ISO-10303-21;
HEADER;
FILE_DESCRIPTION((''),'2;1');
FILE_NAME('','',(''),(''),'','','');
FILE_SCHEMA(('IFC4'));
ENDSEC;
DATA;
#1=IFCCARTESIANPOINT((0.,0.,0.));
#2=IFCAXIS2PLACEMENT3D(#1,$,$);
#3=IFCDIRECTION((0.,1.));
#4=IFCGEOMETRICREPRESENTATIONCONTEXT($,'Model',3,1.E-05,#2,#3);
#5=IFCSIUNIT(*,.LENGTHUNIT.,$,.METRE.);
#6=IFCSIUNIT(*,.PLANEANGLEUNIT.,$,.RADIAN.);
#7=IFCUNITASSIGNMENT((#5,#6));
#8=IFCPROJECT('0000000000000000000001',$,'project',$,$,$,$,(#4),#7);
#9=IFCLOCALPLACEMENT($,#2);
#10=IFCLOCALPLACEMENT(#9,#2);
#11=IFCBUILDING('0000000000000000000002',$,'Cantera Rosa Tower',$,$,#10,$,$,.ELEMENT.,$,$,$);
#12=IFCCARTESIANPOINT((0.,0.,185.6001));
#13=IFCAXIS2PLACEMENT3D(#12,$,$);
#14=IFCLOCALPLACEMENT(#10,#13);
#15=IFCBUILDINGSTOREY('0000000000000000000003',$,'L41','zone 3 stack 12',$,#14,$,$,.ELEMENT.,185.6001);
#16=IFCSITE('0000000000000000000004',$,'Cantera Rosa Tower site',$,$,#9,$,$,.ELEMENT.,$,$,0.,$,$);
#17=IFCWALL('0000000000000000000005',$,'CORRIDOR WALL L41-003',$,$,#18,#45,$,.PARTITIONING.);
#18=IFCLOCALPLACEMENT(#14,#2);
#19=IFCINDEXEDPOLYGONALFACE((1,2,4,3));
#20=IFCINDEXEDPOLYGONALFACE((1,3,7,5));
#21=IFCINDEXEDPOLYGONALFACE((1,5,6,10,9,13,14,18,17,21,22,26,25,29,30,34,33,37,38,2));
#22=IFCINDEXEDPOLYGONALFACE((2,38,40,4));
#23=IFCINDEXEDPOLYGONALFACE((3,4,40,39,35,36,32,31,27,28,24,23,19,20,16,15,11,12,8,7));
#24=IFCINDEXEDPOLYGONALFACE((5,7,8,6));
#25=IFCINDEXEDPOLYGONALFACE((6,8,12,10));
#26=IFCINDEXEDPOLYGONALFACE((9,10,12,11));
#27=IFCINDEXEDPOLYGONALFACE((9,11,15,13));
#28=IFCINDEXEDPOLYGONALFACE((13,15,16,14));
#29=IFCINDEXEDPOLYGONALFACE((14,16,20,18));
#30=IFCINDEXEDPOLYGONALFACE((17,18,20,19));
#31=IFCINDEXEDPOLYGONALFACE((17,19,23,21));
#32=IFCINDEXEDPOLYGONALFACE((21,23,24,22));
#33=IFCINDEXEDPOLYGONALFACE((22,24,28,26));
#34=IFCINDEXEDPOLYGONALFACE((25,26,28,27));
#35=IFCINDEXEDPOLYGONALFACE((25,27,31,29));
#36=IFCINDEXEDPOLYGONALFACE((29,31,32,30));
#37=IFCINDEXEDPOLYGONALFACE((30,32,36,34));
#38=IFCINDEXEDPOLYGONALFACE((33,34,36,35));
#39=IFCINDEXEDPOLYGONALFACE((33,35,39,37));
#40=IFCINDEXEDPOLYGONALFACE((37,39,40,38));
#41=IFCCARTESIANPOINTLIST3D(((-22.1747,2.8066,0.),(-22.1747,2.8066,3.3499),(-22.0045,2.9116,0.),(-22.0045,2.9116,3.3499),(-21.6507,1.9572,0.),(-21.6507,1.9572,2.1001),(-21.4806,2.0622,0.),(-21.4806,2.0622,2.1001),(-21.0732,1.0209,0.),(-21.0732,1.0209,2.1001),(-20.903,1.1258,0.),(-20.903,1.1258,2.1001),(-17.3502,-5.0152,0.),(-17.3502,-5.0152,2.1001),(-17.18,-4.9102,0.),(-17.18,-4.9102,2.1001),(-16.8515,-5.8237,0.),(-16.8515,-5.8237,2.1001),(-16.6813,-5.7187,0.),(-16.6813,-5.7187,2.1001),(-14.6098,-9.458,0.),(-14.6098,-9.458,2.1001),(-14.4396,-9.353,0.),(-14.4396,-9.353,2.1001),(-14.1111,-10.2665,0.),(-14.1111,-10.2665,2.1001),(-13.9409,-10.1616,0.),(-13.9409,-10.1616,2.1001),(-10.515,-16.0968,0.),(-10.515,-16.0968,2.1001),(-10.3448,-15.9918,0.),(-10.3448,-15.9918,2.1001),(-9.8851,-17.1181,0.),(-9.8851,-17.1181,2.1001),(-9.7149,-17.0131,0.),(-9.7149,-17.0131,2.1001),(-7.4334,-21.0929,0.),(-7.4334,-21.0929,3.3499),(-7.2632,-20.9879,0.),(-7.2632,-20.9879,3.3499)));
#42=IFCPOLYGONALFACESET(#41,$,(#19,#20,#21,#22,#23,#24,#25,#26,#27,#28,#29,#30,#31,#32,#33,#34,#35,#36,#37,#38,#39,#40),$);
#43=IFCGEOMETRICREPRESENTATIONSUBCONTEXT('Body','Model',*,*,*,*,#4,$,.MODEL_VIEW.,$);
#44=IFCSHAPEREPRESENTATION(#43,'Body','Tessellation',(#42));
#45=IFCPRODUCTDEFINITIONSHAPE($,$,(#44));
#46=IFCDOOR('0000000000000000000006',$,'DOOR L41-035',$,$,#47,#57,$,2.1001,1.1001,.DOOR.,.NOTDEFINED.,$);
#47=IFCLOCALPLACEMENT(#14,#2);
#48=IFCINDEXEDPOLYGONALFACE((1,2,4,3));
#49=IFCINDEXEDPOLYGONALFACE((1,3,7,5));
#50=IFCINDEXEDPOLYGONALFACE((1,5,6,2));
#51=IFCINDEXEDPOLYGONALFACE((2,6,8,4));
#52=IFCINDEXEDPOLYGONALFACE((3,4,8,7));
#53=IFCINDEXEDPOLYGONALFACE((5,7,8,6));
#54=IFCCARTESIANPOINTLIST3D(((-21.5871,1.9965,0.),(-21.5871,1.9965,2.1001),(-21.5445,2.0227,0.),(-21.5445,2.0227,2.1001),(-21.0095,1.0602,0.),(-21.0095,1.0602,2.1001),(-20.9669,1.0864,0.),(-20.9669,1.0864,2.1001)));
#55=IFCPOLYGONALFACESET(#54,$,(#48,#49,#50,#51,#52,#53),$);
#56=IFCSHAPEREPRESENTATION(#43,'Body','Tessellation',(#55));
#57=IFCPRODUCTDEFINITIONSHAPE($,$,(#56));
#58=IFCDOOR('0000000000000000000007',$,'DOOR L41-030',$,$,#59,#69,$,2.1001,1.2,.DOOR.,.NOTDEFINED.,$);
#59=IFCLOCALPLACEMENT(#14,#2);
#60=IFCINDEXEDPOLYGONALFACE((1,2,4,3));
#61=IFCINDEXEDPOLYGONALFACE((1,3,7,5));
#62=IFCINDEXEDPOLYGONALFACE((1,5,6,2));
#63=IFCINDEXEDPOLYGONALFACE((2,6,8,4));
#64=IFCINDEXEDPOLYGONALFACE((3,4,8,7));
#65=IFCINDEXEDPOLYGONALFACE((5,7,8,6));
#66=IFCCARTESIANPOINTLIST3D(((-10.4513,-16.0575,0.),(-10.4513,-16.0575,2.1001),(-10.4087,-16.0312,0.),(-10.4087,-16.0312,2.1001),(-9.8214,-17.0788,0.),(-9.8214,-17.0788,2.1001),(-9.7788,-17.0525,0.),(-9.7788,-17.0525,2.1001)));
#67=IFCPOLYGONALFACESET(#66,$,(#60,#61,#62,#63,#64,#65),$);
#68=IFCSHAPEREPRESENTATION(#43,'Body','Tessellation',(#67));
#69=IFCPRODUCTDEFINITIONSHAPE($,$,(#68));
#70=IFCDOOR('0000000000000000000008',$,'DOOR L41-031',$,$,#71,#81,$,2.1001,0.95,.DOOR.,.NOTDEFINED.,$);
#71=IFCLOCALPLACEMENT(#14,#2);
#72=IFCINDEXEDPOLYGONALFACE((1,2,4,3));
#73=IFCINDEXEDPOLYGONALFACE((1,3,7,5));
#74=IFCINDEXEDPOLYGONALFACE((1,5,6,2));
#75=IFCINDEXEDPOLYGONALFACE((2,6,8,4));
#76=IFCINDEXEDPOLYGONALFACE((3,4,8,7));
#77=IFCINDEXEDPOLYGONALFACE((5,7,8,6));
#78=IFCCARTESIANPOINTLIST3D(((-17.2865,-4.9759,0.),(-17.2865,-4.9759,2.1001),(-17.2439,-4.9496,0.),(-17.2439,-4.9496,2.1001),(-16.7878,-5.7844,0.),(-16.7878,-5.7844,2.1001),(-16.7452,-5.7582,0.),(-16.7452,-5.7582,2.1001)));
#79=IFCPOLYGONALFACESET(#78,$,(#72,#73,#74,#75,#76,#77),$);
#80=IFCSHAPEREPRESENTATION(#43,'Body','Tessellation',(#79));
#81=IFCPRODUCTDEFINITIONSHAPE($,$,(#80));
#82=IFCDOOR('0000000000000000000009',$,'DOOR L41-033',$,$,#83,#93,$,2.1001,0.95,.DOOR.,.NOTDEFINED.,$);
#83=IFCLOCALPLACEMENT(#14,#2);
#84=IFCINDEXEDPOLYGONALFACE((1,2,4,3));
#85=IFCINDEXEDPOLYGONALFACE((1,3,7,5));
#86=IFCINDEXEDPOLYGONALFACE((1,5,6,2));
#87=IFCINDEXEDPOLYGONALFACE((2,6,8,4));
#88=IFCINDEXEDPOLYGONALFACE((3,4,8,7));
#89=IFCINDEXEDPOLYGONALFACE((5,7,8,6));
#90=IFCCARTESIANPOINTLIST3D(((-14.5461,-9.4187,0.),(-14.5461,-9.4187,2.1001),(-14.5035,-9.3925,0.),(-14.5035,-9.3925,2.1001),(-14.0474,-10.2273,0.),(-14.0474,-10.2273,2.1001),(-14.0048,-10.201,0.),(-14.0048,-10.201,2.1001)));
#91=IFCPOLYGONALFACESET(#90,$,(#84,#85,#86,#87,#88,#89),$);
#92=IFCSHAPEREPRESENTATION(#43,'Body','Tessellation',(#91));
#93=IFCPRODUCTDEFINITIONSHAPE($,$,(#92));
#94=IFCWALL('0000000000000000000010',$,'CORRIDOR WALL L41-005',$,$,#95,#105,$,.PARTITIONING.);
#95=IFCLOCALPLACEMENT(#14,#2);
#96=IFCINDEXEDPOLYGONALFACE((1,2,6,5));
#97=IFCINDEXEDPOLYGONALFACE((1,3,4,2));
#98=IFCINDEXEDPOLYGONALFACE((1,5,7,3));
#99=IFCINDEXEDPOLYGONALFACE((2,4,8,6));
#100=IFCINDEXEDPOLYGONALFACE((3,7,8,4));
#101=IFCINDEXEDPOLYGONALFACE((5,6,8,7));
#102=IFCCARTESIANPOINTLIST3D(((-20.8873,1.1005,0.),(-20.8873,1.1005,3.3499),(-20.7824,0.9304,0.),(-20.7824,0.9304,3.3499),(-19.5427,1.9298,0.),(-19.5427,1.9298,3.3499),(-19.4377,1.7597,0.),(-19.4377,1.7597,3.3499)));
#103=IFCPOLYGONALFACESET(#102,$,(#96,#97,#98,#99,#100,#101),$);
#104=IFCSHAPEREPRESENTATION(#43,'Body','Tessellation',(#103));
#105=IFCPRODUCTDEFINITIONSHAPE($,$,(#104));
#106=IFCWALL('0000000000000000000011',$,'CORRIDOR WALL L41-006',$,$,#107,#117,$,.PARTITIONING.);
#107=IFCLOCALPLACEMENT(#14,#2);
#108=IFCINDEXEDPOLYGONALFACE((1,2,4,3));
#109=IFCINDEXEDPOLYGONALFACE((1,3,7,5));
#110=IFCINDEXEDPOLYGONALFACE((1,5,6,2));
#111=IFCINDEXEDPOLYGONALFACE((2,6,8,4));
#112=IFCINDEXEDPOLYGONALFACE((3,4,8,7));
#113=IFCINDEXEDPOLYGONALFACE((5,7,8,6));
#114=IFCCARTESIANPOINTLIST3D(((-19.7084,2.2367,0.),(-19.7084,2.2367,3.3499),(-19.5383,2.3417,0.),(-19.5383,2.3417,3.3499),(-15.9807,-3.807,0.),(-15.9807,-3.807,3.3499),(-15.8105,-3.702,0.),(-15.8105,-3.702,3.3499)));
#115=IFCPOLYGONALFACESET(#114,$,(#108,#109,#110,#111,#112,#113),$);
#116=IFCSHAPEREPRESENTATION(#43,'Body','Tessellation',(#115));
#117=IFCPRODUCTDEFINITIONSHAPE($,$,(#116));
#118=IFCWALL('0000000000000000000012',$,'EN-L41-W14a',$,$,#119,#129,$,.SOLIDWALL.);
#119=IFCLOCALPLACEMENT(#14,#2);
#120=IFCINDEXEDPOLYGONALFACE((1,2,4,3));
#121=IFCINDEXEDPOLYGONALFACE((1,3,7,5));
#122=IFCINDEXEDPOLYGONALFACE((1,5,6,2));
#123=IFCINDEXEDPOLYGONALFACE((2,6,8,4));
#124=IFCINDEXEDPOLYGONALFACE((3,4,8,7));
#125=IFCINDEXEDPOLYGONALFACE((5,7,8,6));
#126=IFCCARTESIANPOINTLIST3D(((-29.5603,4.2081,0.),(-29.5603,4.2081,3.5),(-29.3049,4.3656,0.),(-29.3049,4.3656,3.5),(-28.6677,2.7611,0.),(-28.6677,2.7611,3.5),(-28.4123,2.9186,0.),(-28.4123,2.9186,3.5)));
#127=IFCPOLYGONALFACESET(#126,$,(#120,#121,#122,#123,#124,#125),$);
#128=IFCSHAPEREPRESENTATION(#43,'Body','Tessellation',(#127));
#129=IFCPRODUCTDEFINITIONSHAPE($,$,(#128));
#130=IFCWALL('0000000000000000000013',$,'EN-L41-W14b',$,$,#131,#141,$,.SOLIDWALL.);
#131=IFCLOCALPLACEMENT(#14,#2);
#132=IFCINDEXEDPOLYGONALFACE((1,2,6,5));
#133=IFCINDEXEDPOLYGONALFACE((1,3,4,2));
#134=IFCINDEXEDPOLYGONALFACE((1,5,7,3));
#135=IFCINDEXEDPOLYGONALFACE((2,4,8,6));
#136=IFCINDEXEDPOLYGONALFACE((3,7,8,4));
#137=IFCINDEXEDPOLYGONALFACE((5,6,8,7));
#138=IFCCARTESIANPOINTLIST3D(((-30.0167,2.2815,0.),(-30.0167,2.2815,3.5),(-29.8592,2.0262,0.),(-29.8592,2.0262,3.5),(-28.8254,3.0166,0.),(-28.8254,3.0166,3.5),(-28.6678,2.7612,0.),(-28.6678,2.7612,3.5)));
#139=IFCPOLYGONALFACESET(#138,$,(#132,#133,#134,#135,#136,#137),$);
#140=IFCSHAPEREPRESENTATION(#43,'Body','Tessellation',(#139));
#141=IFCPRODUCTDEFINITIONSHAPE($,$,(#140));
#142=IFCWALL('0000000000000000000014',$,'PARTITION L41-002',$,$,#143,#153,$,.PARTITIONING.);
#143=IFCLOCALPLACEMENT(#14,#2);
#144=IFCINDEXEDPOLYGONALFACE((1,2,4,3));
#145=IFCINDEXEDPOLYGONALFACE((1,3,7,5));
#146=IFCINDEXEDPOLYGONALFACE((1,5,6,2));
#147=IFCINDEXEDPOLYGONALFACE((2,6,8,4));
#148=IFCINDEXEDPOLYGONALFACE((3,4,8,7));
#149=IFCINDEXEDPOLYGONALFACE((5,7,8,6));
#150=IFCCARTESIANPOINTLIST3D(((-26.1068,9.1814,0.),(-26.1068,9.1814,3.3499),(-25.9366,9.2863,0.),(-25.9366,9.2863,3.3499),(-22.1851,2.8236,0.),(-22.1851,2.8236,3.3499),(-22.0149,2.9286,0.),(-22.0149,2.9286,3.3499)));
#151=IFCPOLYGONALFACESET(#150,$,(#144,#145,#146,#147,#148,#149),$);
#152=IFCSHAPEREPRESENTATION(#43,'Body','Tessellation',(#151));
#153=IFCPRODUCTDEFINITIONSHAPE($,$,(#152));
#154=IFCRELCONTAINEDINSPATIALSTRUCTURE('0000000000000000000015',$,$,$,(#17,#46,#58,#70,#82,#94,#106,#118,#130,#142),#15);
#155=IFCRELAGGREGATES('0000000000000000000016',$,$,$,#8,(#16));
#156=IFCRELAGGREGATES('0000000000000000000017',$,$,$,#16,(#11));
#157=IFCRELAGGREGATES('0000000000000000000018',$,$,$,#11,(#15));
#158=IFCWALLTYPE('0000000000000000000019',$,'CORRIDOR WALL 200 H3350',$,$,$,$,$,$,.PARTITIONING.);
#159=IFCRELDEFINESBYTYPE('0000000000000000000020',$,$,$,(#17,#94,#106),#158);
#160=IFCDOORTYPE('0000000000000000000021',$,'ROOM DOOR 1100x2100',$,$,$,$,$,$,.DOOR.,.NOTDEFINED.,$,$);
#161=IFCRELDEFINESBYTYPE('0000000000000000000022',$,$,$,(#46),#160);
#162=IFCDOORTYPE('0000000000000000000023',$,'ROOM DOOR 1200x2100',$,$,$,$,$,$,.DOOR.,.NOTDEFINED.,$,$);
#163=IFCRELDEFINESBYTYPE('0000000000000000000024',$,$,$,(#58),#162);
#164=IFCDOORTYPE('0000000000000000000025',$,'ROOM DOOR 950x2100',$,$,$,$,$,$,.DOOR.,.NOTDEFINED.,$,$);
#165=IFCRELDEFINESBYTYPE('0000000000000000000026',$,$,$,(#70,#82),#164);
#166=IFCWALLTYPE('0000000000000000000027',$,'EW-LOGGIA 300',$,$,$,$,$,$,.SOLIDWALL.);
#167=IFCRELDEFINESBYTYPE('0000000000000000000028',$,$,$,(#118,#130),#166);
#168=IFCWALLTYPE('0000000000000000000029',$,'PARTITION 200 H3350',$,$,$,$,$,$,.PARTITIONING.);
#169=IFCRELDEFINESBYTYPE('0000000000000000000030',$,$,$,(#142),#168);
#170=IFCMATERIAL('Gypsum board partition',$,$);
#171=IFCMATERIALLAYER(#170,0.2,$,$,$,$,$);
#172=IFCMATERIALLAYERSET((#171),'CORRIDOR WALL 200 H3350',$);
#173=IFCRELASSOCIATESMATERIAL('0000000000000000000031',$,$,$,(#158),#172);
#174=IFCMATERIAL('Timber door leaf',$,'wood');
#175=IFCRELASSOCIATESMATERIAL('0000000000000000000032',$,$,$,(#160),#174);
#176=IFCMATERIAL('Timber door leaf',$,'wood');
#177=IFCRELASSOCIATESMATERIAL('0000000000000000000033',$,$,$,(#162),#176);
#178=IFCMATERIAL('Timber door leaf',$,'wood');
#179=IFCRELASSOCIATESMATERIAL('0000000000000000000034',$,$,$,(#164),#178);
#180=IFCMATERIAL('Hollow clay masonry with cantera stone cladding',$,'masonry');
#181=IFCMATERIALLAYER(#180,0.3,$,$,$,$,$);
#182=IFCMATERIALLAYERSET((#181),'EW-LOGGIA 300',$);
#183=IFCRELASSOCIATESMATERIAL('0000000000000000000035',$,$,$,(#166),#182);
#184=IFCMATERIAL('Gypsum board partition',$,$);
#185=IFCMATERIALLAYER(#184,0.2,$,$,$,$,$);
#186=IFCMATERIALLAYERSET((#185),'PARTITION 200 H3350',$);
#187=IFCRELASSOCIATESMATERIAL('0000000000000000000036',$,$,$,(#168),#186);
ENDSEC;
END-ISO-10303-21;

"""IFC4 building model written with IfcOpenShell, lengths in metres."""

from ifc_helpers import new_model, si_unit, direction, frame, frame_2d, origin, place, context, subcontext, project, spatial, rectangle, extrude, material, layer, layer_set, type_object, element, fill, save


model = new_model("IFC4")

# Units and contexts
model_context = context("Model", 3, precision=1e-05, world=origin(), true_north=direction((0.0, 1.0)))
body_context = subcontext(model_context, "Body", "Model", "MODEL_VIEW")
ifc_project = project(units=[si_unit("LENGTHUNIT", "METRE"), si_unit("PLANEANGLEUNIT", "RADIAN")], contexts=[model_context])

# Site, building, storey
site_placement = place(None, origin())
site = spatial("IfcSite", under=ifc_project, at=site_placement, Name="Cantera Rosa Tower site", CompositionType="ELEMENT", RefElevation=0.0)
building_placement = place(site_placement, origin())
building = spatial("IfcBuilding", under=site, at=building_placement, Name="Cantera Rosa Tower", CompositionType="ELEMENT")
storey_placement = place(building_placement, frame((0.0, 0.0, 185.6001)))
storey = spatial("IfcBuildingStorey", under=building, at=storey_placement, Name="L41", Description="zone 3 stack 12", CompositionType="ELEMENT", Elevation=185.6001)

# Wall, openings, doors
ifc_material_1 = material(Name="Gypsum board partition")
ifc_layer_1 = layer(ifc_material_1, 0.2)
ifc_layer_set_1 = layer_set([ifc_layer_1], Name="CORRIDOR WALL 200 H3350")
wall_type_1 = type_object("IfcWallType", Name="CORRIDOR WALL 200 H3350", PredefinedType="PARTITIONING", material=ifc_layer_set_1)
wall_1_placement = place(storey_placement, frame((-22.0896, 2.8591, 0.0), z_axis=(0.0, 0.0, 1.0), x_axis=(0.524972, -0.851119, 0.0)))
wall_1 = element("IfcWall", 1, at=wall_1_placement, inside=storey, type_object=wall_type_1, Name="CORRIDOR WALL L41-003", PredefinedType="PARTITIONING", context=body_context, shape_type="SweptSolid", body=[
    extrude(rectangle(XDim=28.0801, YDim=0.2, at=frame_2d((14.04, 0.0))), origin(), (0.0, 0.0, 1.0), 3.3499),
])
opening_1_placement = place(wall_1_placement, frame((22.21, 0.0, 0.0)))
opening_1 = element("IfcOpeningElement", 2, at=opening_1_placement, cuts=wall_1, PredefinedType="OPENING", context=body_context, shape_type="SweptSolid", body=[
    extrude(rectangle(XDim=1.2, YDim=2.1001, at=frame_2d((0.6001, 1.05))), frame((0.0, 0.1099, 0.0), z_axis=(0.0, -1.0, 0.0), x_axis=(1.0, 0.0, 0.0)), (0.0, 0.0, 1.0), 0.22),
])
opening_2_placement = place(wall_1_placement, frame((9.1899, 0.0, 0.0)))
opening_2 = element("IfcOpeningElement", 3, at=opening_2_placement, cuts=wall_1, PredefinedType="OPENING", context=body_context, shape_type="SweptSolid", body=[
    extrude(rectangle(XDim=0.95, YDim=2.1001, at=frame_2d((0.4751, 1.05))), frame((0.0, 0.1099, 0.0), z_axis=(0.0, -1.0, 0.0), x_axis=(1.0, 0.0, 0.0)), (0.0, 0.0, 1.0), 0.22),
])
opening_3_placement = place(wall_1_placement, frame((14.4099, 0.0, 0.0)))
opening_3 = element("IfcOpeningElement", 4, at=opening_3_placement, cuts=wall_1, PredefinedType="OPENING", context=body_context, shape_type="SweptSolid", body=[
    extrude(rectangle(XDim=0.95, YDim=2.1001, at=frame_2d((0.4751, 1.05))), frame((0.0, 0.1099, 0.0), z_axis=(0.0, -1.0, 0.0), x_axis=(1.0, 0.0, 0.0)), (0.0, 0.0, 1.0), 0.22),
])
opening_4_placement = place(wall_1_placement, frame((0.998, 0.0, 0.0)))
opening_4 = element("IfcOpeningElement", 5, at=opening_4_placement, cuts=wall_1, PredefinedType="OPENING", context=body_context, shape_type="SweptSolid", body=[
    extrude(rectangle(XDim=1.1001, YDim=2.1001, at=frame_2d((0.55, 1.05))), frame((0.0, 0.1099, 0.0), z_axis=(0.0, -1.0, 0.0), x_axis=(1.0, 0.0, 0.0)), (0.0, 0.0, 1.0), 0.22),
])
ifc_material_2 = material(Name="Timber door leaf", Category="wood")
door_type_1 = type_object("IfcDoorType", Name="ROOM DOOR 1100x2100", OperationType="NOTDEFINED", PredefinedType="DOOR", material=ifc_material_2)
door_1_placement = place(opening_4_placement, origin())
door_1 = element("IfcDoor", 6, at=door_1_placement, inside=storey, type_object=door_type_1, Name="DOOR L41-035", OperationType="NOTDEFINED", OverallHeight=2.1001, OverallWidth=1.1001, PredefinedType="DOOR", context=body_context, shape_type="SweptSolid", body=[
    extrude(rectangle(XDim=1.1001, YDim=2.1001, at=frame_2d((0.55, 1.05))), frame((0.0, 0.0249, 0.0), z_axis=(0.0, -1.0, 0.0), x_axis=(1.0, 0.0, 0.0)), (0.0, 0.0, 1.0), 0.05),
])
fill(opening_4, door_1)
ifc_material_3 = material(Name="Timber door leaf", Category="wood")
door_type_2 = type_object("IfcDoorType", Name="ROOM DOOR 1200x2100", OperationType="NOTDEFINED", PredefinedType="DOOR", material=ifc_material_3)
door_2_placement = place(opening_1_placement, origin())
door_2 = element("IfcDoor", 7, at=door_2_placement, inside=storey, type_object=door_type_2, Name="DOOR L41-030", OperationType="NOTDEFINED", OverallHeight=2.1001, OverallWidth=1.2, PredefinedType="DOOR", context=body_context, shape_type="SweptSolid", body=[
    extrude(rectangle(XDim=1.2, YDim=2.1001, at=frame_2d((0.6001, 1.05))), frame((0.0, 0.0249, 0.0), z_axis=(0.0, -1.0, 0.0), x_axis=(1.0, 0.0, 0.0)), (0.0, 0.0, 1.0), 0.05),
])
fill(opening_1, door_2)
ifc_material_4 = material(Name="Timber door leaf", Category="wood")
door_type_3 = type_object("IfcDoorType", Name="ROOM DOOR 950x2100", OperationType="NOTDEFINED", PredefinedType="DOOR", material=ifc_material_4)
door_3_placement = place(opening_2_placement, origin())
door_3 = element("IfcDoor", 8, at=door_3_placement, inside=storey, type_object=door_type_3, Name="DOOR L41-031", OperationType="NOTDEFINED", OverallHeight=2.1001, OverallWidth=0.95, PredefinedType="DOOR", context=body_context, shape_type="SweptSolid", body=[
    extrude(rectangle(XDim=0.95, YDim=2.1001, at=frame_2d((0.4751, 1.05))), frame((0.0, 0.0249, 0.0), z_axis=(0.0, -1.0, 0.0), x_axis=(1.0, 0.0, 0.0)), (0.0, 0.0, 1.0), 0.05),
])
fill(opening_2, door_3)
door_4_placement = place(opening_3_placement, origin())
door_4 = element("IfcDoor", 9, at=door_4_placement, inside=storey, type_object=door_type_3, Name="DOOR L41-033", OperationType="NOTDEFINED", OverallHeight=2.1001, OverallWidth=0.95, PredefinedType="DOOR", context=body_context, shape_type="SweptSolid", body=[
    extrude(rectangle(XDim=0.95, YDim=2.1001, at=frame_2d((0.4751, 1.05))), frame((0.0, 0.0249, 0.0), z_axis=(0.0, -1.0, 0.0), x_axis=(1.0, 0.0, 0.0)), (0.0, 0.0, 1.0), 0.05),
])
fill(opening_3, door_4)

# Walls
wall_2_placement = place(storey_placement, frame((-20.835, 1.0154, 0.0), z_axis=(0.0, 0.0, 1.0), x_axis=(0.851143, 0.524933, 0.0)))
element("IfcWall", 10, at=wall_2_placement, inside=storey, type_object=wall_type_1, Name="CORRIDOR WALL L41-005", PredefinedType="PARTITIONING", context=body_context, shape_type="SweptSolid", body=[
    extrude(rectangle(XDim=1.5798, YDim=0.2, at=frame_2d((0.79, 0.0))), origin(), (0.0, 0.0, 1.0), 3.3499),
])
wall_3_placement = place(storey_placement, frame((-19.6233, 2.2891, 0.0), z_axis=(0.0, 0.0, 1.0), x_axis=(0.524974, -0.851118, 0.0)))
element("IfcWall", 11, at=wall_3_placement, inside=storey, type_object=wall_type_1, Name="CORRIDOR WALL L41-006", PredefinedType="PARTITIONING", context=body_context, shape_type="SweptSolid", body=[
    extrude(rectangle(XDim=7.1008, YDim=0.2, at=frame_2d((3.5503, 0.0))), origin(), (0.0, 0.0, 1.0), 3.3499),
])
ifc_material_5 = material(Name="Hollow clay masonry with cantera stone cladding", Category="masonry")
ifc_layer_2 = layer(ifc_material_5, 0.3)
ifc_layer_set_2 = layer_set([ifc_layer_2], Name="EW-LOGGIA 300")
wall_type_2 = type_object("IfcWallType", Name="EW-LOGGIA 300", PredefinedType="SOLIDWALL", material=ifc_layer_set_2)
wall_4_placement = place(storey_placement, frame((-29.4326, 4.2869, 0.0), z_axis=(0.0, 0.0, 1.0), x_axis=(0.524994, -0.851106, 0.0)))
element("IfcWall", 12, at=wall_4_placement, inside=storey, type_object=wall_type_2, Name="EN-L41-W14a", PredefinedType="SOLIDWALL", context=body_context, shape_type="SweptSolid", body=[
    extrude(rectangle(XDim=1.7002, YDim=0.3, at=frame_2d((0.8501, 0.0))), origin(), (0.0, 0.0, 1.0), 3.5),
])
wall_5_placement = place(storey_placement, frame((-28.7466, 2.8889, 0.0), z_axis=(0.0, 0.0, 1.0), x_axis=(-0.851041, -0.525099, 0.0)))
element("IfcWall", 13, at=wall_5_placement, inside=storey, type_object=wall_type_2, Name="EN-L41-W14b", PredefinedType="SOLIDWALL", context=body_context, shape_type="SweptSolid", body=[
    extrude(rectangle(XDim=1.3999, YDim=0.3, at=frame_2d((0.7, 0.0))), origin(), (0.0, 0.0, 1.0), 3.5),
])

# Wall
ifc_material_6 = material(Name="Gypsum board partition")
ifc_layer_3 = layer(ifc_material_6, 0.2)
ifc_layer_set_3 = layer_set([ifc_layer_3], Name="PARTITION 200 H3350")
wall_type_3 = type_object("IfcWallType", Name="PARTITION 200 H3350", PredefinedType="PARTITIONING", material=ifc_layer_set_3)
wall_6_placement = place(storey_placement, frame((-22.1001, 2.8762, 0.0), z_axis=(0.0, 0.0, 1.0), x_axis=(-0.524992, 0.851107, 0.0)))
element("IfcWall", 14, at=wall_6_placement, inside=storey, type_object=wall_type_3, Name="PARTITION L41-002", PredefinedType="PARTITIONING", context=body_context, shape_type="SweptSolid", body=[
    extrude(rectangle(XDim=7.47, YDim=0.2, at=frame_2d((3.7349, 0.0))), origin(), (0.0, 0.0, 1.0), 3.3499),
])

save(model, "model.ifc")
